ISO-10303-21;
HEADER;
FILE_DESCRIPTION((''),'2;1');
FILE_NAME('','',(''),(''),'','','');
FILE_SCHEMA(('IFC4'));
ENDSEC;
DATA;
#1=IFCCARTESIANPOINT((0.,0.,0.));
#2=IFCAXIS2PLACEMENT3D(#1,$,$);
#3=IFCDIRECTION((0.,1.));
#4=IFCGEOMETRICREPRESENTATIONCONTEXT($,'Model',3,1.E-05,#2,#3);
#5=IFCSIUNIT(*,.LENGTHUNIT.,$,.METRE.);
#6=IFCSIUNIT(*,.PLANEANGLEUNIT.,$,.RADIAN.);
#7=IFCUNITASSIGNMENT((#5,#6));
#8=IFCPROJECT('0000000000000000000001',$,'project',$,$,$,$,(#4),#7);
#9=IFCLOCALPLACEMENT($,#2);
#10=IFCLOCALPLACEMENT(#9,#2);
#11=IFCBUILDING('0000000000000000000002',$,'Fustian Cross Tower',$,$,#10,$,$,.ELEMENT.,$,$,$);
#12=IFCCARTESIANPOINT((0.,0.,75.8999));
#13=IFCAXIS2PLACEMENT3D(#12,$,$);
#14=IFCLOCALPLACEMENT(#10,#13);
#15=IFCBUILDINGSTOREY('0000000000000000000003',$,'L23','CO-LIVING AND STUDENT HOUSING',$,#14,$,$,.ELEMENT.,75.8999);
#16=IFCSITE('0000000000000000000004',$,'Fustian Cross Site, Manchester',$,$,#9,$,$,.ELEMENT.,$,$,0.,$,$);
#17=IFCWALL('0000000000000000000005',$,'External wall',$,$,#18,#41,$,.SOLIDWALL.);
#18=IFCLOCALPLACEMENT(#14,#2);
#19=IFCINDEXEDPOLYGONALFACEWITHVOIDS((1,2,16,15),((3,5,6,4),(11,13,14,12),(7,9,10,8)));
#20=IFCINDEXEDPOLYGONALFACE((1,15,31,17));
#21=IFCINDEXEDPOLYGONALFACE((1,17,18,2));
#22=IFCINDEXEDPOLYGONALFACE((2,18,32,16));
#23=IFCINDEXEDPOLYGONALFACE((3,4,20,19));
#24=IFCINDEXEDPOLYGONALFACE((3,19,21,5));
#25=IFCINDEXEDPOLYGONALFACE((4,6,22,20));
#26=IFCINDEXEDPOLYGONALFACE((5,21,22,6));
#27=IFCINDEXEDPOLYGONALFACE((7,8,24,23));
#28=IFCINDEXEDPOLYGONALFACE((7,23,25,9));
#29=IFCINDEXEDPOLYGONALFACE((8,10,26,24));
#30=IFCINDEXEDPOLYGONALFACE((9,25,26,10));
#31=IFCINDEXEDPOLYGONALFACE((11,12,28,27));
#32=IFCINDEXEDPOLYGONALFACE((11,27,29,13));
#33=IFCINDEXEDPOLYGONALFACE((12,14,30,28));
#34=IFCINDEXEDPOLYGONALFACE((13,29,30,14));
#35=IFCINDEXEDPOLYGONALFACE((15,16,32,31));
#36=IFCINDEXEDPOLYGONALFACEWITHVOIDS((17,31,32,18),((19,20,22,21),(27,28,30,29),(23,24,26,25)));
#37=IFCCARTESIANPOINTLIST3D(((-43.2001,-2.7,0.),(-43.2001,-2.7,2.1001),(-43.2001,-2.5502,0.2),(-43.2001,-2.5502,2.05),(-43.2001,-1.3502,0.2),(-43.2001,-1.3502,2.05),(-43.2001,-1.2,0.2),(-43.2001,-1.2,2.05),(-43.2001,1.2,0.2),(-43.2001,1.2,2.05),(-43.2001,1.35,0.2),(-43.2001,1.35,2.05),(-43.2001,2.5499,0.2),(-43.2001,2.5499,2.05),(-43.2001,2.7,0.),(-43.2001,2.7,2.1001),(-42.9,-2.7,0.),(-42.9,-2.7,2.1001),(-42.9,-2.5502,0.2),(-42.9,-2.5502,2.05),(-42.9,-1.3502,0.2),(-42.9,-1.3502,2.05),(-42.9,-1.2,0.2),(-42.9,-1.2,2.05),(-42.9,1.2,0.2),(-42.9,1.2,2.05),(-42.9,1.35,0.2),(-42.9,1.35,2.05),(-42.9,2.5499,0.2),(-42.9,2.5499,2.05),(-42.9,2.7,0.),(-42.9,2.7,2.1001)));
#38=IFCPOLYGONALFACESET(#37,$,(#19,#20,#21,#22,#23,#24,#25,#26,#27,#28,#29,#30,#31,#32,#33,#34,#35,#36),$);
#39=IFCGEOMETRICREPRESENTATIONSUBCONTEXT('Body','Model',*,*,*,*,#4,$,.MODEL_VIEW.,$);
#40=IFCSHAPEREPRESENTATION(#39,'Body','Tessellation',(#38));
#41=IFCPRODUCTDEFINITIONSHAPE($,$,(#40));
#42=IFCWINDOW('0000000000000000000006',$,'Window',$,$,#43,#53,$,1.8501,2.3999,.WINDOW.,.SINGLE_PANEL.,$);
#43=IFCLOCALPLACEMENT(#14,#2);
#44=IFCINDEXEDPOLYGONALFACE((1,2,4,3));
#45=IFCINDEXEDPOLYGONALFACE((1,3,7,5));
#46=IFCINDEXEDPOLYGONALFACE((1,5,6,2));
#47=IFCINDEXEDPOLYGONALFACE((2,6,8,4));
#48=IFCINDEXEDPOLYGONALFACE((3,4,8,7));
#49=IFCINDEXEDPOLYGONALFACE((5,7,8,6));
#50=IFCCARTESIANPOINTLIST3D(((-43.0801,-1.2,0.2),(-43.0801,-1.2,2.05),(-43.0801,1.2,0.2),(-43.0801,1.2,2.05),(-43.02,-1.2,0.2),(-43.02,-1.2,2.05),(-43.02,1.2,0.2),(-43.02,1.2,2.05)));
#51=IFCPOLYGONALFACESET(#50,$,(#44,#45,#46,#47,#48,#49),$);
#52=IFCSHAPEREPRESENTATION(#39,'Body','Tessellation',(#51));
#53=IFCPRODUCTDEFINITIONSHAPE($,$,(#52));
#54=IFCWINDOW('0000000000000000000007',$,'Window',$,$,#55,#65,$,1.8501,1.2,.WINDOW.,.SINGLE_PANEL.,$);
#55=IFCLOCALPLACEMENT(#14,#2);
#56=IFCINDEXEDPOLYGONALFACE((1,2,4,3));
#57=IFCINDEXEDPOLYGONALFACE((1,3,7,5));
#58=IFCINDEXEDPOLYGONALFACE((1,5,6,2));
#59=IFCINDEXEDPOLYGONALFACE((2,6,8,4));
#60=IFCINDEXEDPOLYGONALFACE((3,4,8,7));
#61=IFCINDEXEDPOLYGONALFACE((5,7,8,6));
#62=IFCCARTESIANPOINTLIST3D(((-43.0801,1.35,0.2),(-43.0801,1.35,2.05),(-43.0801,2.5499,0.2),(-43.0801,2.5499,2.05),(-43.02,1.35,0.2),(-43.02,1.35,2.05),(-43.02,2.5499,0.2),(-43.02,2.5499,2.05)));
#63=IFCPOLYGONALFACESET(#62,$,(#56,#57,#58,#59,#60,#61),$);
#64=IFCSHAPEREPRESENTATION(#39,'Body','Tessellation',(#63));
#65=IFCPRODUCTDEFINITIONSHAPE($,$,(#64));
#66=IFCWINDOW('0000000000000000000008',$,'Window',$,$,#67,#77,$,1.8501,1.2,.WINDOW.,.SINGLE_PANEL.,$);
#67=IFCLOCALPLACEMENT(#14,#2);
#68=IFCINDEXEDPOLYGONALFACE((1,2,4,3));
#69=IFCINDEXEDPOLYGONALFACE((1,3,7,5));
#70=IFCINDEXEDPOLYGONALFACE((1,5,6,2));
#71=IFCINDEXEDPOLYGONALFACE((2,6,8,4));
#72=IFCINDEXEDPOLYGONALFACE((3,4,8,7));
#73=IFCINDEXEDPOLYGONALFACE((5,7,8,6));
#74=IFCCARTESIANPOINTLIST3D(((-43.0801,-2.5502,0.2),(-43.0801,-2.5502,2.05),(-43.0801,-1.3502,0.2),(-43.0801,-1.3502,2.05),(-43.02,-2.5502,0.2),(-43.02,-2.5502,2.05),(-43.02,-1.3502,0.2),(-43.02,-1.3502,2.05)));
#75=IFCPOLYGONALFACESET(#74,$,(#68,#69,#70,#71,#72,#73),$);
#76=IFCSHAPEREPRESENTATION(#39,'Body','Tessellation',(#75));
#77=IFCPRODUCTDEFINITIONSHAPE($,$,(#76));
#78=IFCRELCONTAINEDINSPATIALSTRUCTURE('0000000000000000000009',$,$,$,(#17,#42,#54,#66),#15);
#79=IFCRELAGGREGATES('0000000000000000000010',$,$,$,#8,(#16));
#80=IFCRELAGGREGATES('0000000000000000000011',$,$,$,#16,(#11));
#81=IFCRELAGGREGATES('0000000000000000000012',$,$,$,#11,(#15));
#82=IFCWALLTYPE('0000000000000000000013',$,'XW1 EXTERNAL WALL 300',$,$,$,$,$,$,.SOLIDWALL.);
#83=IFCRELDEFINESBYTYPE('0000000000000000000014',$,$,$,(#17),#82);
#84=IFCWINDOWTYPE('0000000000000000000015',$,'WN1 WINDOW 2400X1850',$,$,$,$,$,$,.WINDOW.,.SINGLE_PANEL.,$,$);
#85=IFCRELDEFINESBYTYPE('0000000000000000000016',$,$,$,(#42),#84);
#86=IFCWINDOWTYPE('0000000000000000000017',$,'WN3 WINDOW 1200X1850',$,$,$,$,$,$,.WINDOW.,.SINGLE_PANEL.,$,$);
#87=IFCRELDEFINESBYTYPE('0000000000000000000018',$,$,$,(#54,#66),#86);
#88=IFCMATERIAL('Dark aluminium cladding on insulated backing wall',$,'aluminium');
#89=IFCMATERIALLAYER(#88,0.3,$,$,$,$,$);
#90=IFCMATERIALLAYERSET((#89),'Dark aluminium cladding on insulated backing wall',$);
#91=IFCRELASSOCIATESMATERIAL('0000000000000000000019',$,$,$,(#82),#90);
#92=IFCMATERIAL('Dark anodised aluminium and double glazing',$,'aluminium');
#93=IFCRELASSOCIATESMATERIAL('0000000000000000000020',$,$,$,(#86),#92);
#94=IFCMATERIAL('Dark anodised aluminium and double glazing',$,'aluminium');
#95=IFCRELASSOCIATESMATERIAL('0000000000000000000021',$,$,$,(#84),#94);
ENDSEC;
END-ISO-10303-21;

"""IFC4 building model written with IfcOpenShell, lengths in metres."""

from ifc_helpers import new_model, si_unit, direction, frame, frame_2d, origin, place, context, subcontext, project, spatial, rectangle, extrude, material, layer, layer_set, type_object, element, fill, save


model = new_model("IFC4")

# Units and contexts
model_context = context("Model", 3, precision=1e-05, world=origin(), true_north=direction((0.0, 1.0)))
body_context = subcontext(model_context, "Body", "Model", "MODEL_VIEW")
ifc_project = project(units=[si_unit("LENGTHUNIT", "METRE"), si_unit("PLANEANGLEUNIT", "RADIAN")], contexts=[model_context])

# Site, building, storey
site_placement = place(None, origin())
site = spatial("IfcSite", under=ifc_project, at=site_placement, Name="Fustian Cross Site, Manchester", CompositionType="ELEMENT", RefElevation=0.0)
building_placement = place(site_placement, origin())
building = spatial("IfcBuilding", under=site, at=building_placement, Name="Fustian Cross Tower", CompositionType="ELEMENT")
storey_placement = place(building_placement, frame((0.0, 0.0, 75.8999)))
storey = spatial("IfcBuildingStorey", under=building, at=storey_placement, Name="L23", Description="CO-LIVING AND STUDENT HOUSING", CompositionType="ELEMENT", Elevation=75.8999)

# Shared definitions
ifc_material_1 = material(Name="Dark aluminium cladding on insulated backing wall", Category="aluminium")
ifc_layer = layer(ifc_material_1, 0.3)
ifc_layer_set = layer_set([ifc_layer], Name="Dark aluminium cladding on insulated backing wall")
wall_type = type_object("IfcWallType", Name="XW1 EXTERNAL WALL 300", PredefinedType="SOLIDWALL", material=ifc_layer_set)
ifc_material_2 = material(Name="Dark anodised aluminium and double glazing", Category="aluminium")
window_type_1 = type_object("IfcWindowType", Name="WN3 WINDOW 1200X1850", PartitioningType="SINGLE_PANEL", PredefinedType="WINDOW", material=ifc_material_2)

# Wall, openings, windows
wall_1_placement = place(storey_placement, frame((-43.05, 2.7, 0.0), z_axis=(0.0, 0.0, 1.0), x_axis=(0.0, -1.0, 0.0)))
wall_1 = element("IfcWall", 1, at=wall_1_placement, inside=storey, type_object=wall_type, Name="External wall", PredefinedType="SOLIDWALL", context=body_context, shape_type="SweptSolid", body=[
    extrude(rectangle(XDim=5.3999, YDim=0.3, at=frame_2d((2.7, 0.0))), origin(), (0.0, 0.0, 1.0), 2.1001),
])
opening_1_placement = place(wall_1_placement, frame((1.5, 0.0, 0.2)))
opening_1 = element("IfcOpeningElement", 2, at=opening_1_placement, cuts=wall_1, PredefinedType="OPENING", context=body_context, shape_type="SweptSolid", body=[
    extrude(rectangle(XDim=2.3999, YDim=1.8501, at=frame_2d((1.2, 0.925))), frame((0.0, 0.1599, 0.0), z_axis=(0.0, -1.0, 0.0), x_axis=(1.0, 0.0, 0.0)), (0.0, 0.0, 1.0), 0.3201),
])
opening_2_placement = place(wall_1_placement, frame((0.1499, 0.0, 0.2)))
opening_2 = element("IfcOpeningElement", 3, at=opening_2_placement, cuts=wall_1, PredefinedType="OPENING", context=body_context, shape_type="SweptSolid", body=[
    extrude(rectangle(XDim=1.2, YDim=1.8501, at=frame_2d((0.6001, 0.925))), frame((0.0, 0.1599, 0.0), z_axis=(0.0, -1.0, 0.0), x_axis=(1.0, 0.0, 0.0)), (0.0, 0.0, 1.0), 0.3201),
])
opening_3_placement = place(wall_1_placement, frame((4.05, 0.0, 0.2)))
opening_3 = element("IfcOpeningElement", 4, at=opening_3_placement, cuts=wall_1, PredefinedType="OPENING", context=body_context, shape_type="SweptSolid", body=[
    extrude(rectangle(XDim=1.2, YDim=1.8501, at=frame_2d((0.6001, 0.925))), frame((0.0, 0.1599, 0.0), z_axis=(0.0, -1.0, 0.0), x_axis=(1.0, 0.0, 0.0)), (0.0, 0.0, 1.0), 0.3201),
])
ifc_material_3 = material(Name="Dark anodised aluminium and double glazing", Category="aluminium")
window_type_2 = type_object("IfcWindowType", Name="WN1 WINDOW 2400X1850", PartitioningType="SINGLE_PANEL", PredefinedType="WINDOW", material=ifc_material_3)
window_1_placement = place(opening_1_placement, origin())
window_1 = element("IfcWindow", 5, at=window_1_placement, inside=storey, type_object=window_type_2, Name="Window", OverallHeight=1.8501, OverallWidth=2.3999, PartitioningType="SINGLE_PANEL", PredefinedType="WINDOW", context=body_context, shape_type="SweptSolid", body=[
    extrude(rectangle(XDim=2.3999, YDim=1.8501, at=frame_2d((1.2, 0.925))), frame((0.0, 0.03, 0.0), z_axis=(0.0, -1.0, 0.0), x_axis=(1.0, 0.0, 0.0)), (0.0, 0.0, 1.0), 0.0601),
])
fill(opening_1, window_1)
window_2_placement = place(opening_2_placement, origin())
window_2 = element("IfcWindow", 6, at=window_2_placement, inside=storey, type_object=window_type_1, Name="Window", OverallHeight=1.8501, OverallWidth=1.2, PartitioningType="SINGLE_PANEL", PredefinedType="WINDOW", context=body_context, shape_type="SweptSolid", body=[
    extrude(rectangle(XDim=1.2, YDim=1.8501, at=frame_2d((0.6001, 0.925))), frame((0.0, 0.03, 0.0), z_axis=(0.0, -1.0, 0.0), x_axis=(1.0, 0.0, 0.0)), (0.0, 0.0, 1.0), 0.0601),
])
fill(opening_2, window_2)
window_3_placement = place(opening_3_placement, origin())
window_3 = element("IfcWindow", 7, at=window_3_placement, inside=storey, type_object=window_type_1, Name="Window", OverallHeight=1.8501, OverallWidth=1.2, PartitioningType="SINGLE_PANEL", PredefinedType="WINDOW", context=body_context, shape_type="SweptSolid", body=[
    extrude(rectangle(XDim=1.2, YDim=1.8501, at=frame_2d((0.6001, 0.925))), frame((0.0, 0.03, 0.0), z_axis=(0.0, -1.0, 0.0), x_axis=(1.0, 0.0, 0.0)), (0.0, 0.0, 1.0), 0.0601),
])
fill(opening_3, window_3)

save(model, "model.ifc")
